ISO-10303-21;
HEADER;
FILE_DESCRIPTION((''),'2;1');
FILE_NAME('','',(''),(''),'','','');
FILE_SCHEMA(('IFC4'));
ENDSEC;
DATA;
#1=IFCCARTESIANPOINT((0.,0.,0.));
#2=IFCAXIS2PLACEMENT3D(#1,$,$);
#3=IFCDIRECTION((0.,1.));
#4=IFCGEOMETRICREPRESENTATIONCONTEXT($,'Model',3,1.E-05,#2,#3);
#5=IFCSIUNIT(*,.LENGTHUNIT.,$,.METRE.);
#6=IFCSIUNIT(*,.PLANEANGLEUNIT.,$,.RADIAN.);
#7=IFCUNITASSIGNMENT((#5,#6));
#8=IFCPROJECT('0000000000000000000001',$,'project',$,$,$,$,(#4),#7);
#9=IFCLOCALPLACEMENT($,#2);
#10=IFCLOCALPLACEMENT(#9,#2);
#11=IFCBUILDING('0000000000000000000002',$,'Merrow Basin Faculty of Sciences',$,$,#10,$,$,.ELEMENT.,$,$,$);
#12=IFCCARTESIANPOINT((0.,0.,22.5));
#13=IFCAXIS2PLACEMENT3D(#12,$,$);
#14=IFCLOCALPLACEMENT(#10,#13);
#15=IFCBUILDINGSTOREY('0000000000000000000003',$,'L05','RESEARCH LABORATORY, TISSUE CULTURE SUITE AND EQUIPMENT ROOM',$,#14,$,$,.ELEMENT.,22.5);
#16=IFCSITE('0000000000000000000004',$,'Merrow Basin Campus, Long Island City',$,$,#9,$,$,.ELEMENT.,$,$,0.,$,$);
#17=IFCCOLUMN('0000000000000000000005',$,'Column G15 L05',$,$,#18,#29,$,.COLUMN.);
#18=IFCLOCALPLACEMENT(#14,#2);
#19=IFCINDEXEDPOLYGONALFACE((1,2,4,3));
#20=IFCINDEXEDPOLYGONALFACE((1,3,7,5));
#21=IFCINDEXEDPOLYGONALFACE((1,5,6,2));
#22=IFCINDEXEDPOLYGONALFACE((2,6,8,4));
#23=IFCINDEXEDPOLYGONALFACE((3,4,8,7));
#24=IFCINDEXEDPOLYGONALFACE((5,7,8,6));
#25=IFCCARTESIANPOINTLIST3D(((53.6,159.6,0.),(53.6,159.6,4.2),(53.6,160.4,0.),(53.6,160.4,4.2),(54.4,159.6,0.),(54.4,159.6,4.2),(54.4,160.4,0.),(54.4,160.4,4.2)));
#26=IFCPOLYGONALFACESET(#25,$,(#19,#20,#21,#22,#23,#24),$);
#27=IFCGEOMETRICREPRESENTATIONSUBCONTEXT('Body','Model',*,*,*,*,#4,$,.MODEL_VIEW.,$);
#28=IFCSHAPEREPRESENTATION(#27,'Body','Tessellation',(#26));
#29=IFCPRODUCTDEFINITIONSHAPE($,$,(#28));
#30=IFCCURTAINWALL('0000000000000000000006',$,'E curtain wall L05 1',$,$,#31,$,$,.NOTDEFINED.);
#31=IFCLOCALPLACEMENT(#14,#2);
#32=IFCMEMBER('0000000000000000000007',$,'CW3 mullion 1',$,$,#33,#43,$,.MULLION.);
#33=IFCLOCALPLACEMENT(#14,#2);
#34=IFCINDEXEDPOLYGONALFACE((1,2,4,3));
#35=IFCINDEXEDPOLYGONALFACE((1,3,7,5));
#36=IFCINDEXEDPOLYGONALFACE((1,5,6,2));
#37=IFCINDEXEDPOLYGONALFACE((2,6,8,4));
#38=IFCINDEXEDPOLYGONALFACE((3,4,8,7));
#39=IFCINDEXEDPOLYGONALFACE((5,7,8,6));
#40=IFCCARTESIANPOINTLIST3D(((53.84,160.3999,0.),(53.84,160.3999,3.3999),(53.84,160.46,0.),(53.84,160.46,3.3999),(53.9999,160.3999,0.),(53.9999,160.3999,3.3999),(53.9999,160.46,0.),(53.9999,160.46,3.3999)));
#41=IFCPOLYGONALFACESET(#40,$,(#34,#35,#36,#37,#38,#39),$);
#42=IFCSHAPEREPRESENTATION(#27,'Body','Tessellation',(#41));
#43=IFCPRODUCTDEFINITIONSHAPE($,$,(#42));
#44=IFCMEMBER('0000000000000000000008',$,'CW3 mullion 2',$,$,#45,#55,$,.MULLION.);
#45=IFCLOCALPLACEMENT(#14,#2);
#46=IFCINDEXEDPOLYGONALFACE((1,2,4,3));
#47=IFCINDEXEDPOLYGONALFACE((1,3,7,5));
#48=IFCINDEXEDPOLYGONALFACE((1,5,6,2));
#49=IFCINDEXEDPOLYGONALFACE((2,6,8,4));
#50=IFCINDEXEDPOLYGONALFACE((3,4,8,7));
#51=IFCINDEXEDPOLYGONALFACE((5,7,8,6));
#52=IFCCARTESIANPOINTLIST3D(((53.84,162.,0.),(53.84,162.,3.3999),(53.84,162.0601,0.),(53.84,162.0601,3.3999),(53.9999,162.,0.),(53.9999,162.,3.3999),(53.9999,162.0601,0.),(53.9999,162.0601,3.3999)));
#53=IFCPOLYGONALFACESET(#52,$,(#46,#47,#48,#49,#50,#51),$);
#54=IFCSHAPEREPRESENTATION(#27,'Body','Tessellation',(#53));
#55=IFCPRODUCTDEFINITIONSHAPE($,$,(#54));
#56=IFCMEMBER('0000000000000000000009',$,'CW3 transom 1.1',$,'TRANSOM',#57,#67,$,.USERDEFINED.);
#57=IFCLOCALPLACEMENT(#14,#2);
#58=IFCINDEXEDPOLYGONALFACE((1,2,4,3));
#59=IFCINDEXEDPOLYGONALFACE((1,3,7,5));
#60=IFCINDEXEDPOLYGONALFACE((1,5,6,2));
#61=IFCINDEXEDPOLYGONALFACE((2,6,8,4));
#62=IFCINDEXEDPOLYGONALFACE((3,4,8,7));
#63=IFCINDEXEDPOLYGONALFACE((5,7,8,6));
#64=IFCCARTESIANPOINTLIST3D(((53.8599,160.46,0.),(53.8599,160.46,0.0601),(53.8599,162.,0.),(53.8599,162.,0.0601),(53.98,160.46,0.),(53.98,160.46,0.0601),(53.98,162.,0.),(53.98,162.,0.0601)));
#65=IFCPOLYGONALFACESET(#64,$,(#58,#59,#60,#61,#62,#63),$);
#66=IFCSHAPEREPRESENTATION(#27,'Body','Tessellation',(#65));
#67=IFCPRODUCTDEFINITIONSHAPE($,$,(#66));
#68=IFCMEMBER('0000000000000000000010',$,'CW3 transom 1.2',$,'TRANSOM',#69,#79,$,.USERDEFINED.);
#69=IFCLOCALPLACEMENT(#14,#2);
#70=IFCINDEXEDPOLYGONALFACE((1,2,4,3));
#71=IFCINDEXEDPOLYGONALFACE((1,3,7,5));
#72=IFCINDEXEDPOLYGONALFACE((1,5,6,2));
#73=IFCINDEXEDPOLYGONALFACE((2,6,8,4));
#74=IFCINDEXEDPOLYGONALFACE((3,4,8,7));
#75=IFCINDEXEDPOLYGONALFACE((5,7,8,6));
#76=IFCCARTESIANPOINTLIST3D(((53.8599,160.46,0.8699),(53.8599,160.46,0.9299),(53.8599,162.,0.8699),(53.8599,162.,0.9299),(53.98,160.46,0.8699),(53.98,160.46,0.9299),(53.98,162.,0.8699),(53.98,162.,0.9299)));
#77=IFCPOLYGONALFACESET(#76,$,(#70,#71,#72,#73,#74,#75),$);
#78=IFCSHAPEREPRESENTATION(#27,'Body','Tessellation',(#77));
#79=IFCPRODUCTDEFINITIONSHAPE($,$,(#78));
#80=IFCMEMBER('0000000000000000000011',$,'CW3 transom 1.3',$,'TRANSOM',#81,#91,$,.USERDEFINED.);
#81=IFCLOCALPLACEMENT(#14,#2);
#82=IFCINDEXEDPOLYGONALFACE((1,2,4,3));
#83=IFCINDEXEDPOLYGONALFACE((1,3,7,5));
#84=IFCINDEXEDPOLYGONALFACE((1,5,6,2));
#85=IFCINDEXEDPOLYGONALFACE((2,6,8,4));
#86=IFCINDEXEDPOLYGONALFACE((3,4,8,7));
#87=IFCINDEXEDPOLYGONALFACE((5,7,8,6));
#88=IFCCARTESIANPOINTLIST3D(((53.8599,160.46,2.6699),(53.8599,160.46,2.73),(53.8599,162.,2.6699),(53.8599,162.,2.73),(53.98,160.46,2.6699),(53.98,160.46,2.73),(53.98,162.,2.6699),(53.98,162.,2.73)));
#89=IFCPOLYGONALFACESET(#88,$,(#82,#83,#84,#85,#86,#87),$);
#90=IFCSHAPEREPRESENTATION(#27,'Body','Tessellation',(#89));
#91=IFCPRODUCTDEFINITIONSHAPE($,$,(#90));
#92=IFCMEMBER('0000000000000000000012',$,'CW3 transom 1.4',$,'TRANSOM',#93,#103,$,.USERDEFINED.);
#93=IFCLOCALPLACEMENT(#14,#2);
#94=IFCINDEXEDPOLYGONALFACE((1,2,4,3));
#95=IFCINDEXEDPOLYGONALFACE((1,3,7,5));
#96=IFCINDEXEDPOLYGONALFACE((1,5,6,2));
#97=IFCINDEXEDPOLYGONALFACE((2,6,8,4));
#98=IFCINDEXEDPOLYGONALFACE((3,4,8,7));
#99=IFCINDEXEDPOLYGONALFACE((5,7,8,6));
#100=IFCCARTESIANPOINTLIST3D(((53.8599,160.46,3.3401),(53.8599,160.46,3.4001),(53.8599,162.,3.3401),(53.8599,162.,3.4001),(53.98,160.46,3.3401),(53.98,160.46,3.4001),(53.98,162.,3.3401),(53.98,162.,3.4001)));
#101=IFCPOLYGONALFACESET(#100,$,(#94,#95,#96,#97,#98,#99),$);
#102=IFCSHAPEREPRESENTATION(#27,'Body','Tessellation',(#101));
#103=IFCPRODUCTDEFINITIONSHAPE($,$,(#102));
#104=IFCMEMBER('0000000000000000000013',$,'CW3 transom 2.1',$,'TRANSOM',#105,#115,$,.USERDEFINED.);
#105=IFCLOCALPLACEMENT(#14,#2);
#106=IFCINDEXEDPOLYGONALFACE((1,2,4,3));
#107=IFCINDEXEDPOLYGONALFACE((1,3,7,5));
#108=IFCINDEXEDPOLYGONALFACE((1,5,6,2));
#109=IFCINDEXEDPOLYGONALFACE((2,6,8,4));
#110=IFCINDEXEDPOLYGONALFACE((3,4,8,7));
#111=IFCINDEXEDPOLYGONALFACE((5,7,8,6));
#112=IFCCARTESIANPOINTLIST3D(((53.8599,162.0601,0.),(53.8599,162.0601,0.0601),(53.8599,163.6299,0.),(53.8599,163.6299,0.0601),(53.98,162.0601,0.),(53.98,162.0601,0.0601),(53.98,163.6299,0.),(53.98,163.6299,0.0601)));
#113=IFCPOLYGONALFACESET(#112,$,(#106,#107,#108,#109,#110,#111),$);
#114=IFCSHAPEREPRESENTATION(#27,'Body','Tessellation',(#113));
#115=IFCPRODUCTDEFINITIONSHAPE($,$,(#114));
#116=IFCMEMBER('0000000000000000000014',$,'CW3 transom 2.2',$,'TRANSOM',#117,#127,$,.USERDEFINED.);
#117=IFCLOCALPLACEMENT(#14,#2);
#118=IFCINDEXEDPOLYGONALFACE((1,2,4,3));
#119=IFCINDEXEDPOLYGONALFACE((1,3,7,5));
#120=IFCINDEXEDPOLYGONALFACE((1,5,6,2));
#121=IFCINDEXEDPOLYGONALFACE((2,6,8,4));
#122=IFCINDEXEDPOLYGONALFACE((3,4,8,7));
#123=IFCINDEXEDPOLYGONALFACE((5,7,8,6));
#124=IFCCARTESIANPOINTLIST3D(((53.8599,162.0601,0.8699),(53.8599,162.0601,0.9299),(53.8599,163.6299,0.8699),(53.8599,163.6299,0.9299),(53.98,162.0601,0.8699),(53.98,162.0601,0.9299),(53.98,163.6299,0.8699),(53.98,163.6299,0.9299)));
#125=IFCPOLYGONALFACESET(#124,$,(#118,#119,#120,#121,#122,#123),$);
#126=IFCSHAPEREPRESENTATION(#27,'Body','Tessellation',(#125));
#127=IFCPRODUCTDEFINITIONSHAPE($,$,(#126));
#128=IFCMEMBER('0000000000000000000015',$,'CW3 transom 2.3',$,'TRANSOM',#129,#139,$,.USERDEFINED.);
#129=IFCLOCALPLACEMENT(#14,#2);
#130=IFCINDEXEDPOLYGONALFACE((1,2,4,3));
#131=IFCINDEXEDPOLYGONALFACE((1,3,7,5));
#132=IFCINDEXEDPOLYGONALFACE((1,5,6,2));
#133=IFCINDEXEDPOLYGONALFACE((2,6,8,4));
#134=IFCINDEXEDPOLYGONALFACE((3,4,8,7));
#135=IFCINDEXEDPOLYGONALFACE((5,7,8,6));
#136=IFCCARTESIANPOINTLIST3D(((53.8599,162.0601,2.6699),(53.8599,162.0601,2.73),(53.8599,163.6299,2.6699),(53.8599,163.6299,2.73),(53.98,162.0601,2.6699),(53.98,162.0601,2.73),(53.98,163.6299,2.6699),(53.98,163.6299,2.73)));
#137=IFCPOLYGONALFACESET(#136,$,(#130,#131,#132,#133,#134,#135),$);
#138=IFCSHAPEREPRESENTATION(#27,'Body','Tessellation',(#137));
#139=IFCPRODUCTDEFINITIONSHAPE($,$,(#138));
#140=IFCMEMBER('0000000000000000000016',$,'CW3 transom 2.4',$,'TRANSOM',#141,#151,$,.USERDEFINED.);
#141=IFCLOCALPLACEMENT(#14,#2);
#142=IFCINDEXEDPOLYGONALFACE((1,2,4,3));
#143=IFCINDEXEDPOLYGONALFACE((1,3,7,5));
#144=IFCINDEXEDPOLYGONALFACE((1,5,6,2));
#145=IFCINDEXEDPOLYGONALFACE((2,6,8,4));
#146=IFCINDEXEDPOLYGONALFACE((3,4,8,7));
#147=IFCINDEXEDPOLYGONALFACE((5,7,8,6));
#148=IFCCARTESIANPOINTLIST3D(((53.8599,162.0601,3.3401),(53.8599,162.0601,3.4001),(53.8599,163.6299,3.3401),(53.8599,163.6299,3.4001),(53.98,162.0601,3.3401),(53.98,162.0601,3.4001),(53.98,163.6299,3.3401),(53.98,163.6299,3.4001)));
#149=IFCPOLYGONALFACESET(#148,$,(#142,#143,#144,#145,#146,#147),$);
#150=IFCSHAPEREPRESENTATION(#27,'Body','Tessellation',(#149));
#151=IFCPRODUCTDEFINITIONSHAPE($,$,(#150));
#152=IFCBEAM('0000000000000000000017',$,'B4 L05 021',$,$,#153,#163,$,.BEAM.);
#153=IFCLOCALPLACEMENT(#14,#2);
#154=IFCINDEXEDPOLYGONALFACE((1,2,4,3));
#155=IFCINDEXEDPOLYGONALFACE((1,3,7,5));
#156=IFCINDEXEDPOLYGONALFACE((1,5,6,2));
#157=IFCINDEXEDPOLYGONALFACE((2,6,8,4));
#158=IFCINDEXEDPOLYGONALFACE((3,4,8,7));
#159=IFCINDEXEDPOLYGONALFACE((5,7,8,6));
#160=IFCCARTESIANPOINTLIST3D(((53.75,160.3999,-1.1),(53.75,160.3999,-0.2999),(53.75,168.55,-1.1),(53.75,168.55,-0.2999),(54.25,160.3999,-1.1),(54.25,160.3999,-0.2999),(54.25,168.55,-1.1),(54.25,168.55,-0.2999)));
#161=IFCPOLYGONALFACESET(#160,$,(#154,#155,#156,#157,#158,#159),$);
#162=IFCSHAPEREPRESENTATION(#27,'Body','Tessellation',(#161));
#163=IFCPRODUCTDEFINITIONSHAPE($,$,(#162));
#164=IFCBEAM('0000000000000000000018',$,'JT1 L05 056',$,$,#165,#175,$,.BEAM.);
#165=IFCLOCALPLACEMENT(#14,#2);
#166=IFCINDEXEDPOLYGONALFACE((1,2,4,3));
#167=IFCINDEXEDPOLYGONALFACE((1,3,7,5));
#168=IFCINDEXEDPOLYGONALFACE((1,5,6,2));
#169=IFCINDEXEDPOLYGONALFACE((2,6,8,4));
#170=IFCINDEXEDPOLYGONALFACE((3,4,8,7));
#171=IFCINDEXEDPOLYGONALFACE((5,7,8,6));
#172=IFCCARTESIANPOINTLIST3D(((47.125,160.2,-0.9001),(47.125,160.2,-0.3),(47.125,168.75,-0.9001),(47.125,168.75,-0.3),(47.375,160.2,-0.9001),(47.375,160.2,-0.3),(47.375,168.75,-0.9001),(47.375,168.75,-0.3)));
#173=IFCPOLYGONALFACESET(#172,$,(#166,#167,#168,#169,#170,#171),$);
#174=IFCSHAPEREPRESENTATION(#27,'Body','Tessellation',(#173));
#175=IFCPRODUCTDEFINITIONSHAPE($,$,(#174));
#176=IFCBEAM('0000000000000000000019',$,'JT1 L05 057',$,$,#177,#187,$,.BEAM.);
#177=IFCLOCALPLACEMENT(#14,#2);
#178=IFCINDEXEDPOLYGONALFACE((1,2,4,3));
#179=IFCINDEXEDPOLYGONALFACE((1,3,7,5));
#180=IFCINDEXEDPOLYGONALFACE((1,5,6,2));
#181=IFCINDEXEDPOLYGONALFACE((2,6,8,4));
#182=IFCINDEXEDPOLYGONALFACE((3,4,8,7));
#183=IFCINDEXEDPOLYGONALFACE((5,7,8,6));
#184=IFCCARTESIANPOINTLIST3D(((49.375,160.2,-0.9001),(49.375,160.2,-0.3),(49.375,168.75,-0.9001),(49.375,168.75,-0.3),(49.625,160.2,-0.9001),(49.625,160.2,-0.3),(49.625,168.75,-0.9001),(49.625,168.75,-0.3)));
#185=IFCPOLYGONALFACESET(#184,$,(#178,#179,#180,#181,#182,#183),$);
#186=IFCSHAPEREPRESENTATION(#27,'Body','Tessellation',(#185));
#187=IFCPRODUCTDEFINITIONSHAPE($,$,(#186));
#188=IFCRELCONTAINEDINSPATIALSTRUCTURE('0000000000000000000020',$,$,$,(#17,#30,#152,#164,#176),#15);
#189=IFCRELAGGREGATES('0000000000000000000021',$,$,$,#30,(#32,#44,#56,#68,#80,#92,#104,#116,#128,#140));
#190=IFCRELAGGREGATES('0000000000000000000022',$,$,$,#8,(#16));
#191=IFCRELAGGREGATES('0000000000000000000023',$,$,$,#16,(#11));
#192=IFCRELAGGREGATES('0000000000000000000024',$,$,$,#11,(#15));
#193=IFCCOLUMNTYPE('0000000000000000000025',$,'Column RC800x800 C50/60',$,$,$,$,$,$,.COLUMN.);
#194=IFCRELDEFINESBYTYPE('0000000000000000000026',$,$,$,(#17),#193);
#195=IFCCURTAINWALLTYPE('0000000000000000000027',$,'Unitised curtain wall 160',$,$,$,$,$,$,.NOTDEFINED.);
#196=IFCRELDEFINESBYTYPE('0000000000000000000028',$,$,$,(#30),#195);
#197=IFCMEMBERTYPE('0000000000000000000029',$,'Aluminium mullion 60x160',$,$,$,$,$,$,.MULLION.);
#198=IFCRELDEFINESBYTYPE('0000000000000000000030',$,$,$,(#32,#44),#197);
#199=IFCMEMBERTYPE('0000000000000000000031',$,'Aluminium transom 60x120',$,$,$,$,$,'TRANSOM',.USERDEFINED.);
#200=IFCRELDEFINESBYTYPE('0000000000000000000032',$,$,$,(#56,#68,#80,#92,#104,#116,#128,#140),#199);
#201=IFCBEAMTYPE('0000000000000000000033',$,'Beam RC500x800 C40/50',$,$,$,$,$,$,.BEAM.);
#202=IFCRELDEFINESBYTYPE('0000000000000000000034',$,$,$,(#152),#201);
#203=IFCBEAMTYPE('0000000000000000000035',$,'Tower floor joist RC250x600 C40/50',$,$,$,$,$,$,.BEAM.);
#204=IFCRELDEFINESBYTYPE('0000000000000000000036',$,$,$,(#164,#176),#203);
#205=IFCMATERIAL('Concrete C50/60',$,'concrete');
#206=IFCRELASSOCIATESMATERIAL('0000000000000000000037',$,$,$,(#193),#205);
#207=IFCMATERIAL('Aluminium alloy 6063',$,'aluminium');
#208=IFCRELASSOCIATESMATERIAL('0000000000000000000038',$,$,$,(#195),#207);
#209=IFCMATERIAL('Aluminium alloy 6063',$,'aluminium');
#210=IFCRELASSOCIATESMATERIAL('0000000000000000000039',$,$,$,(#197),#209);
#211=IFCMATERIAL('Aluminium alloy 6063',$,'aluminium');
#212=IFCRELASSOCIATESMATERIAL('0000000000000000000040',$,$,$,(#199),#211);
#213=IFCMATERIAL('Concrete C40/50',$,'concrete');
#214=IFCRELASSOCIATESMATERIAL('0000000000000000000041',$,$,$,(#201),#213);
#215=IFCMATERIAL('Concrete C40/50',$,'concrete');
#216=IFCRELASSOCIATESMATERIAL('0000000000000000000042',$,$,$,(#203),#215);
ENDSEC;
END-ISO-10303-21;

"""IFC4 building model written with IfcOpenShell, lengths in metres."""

from ifc_helpers import new_model, si_unit, direction, frame, origin, origin_2d, place, context, subcontext, project, spatial, rectangle, extrude, material, material_profile, profile_set, type_object, element, aggregate, save


model = new_model("IFC4")

# Units and contexts
model_context = context("Model", 3, precision=1e-05, world=origin(), true_north=direction((0.0, 1.0)))
body_context = subcontext(model_context, "Body", "Model", "MODEL_VIEW")
ifc_project = project(units=[si_unit("LENGTHUNIT", "METRE"), si_unit("PLANEANGLEUNIT", "RADIAN")], contexts=[model_context])

# Site, building, storey
site_placement = place(None, origin())
site = spatial("IfcSite", under=ifc_project, at=site_placement, Name="Merrow Basin Campus, Long Island City", CompositionType="ELEMENT", RefElevation=0.0)
building_placement = place(site_placement, origin())
building = spatial("IfcBuilding", under=site, at=building_placement, Name="Merrow Basin Faculty of Sciences", CompositionType="ELEMENT")
storey_placement = place(building_placement, frame((0.0, 0.0, 22.5)))
storey = spatial("IfcBuildingStorey", under=building, at=storey_placement, Name="L05", Description="RESEARCH LABORATORY, TISSUE CULTURE SUITE AND EQUIPMENT ROOM", CompositionType="ELEMENT", Elevation=22.5)

# Column
ifc_material_1 = material(Name="Concrete C50/60", Category="concrete")
ifc_material_profile_1 = material_profile(ifc_material_1, rectangle(XDim=0.8, YDim=0.8, at=origin_2d()))
ifc_profile_set_1 = profile_set([ifc_material_profile_1], Name="Concrete C50/60")
column_type = type_object("IfcColumnType", Name="Column RC800x800 C50/60", PredefinedType="COLUMN", material=ifc_profile_set_1)
column_placement = place(storey_placement, frame((54.0, 160.0, 0.0), z_axis=(0.0, 0.0, 1.0), x_axis=(1.0, 0.0, 0.0)))
element("IfcColumn", 1, at=column_placement, inside=storey, type_object=column_type, Name="Column G15 L05", PredefinedType="COLUMN", context=body_context, shape_type="SweptSolid", body=[
    extrude(rectangle(XDim=0.8, YDim=0.8, at=origin_2d()), origin(), (0.0, 0.0, 1.0), 4.2),
])

# Curtain wall, members
ifc_material_2 = material(Name="Aluminium alloy 6063", Category="aluminium")
curtain_wall_type = type_object("IfcCurtainWallType", Name="Unitised curtain wall 160", PredefinedType="NOTDEFINED", material=ifc_material_2)
curtain_wall_placement = place(storey_placement, origin())
curtain_wall = element("IfcCurtainWall", 2, at=curtain_wall_placement, inside=storey, type_object=curtain_wall_type, Name="E curtain wall L05 1", PredefinedType="NOTDEFINED")
ifc_material_3 = material(Name="Aluminium alloy 6063", Category="aluminium")
ifc_material_profile_2 = material_profile(ifc_material_3, rectangle(XDim=0.1599, YDim=0.0601, at=origin_2d()))
ifc_profile_set_2 = profile_set([ifc_material_profile_2], Name="Aluminium alloy 6063")
member_type_1 = type_object("IfcMemberType", Name="Aluminium mullion 60x160", PredefinedType="MULLION", material=ifc_profile_set_2)
member_1_placement = place(storey_placement, frame((53.9199, 160.4299, 0.0), z_axis=(0.0, 0.0, 1.0), x_axis=(-1.0, 0.0, 0.0)))
member_1 = element("IfcMember", 3, at=member_1_placement, type_object=member_type_1, Name="CW3 mullion 1", PredefinedType="MULLION", context=body_context, shape_type="SweptSolid", body=[
    extrude(rectangle(XDim=0.1599, YDim=0.0601, at=origin_2d()), origin(), (0.0, 0.0, 1.0), 3.3999),
])
member_2_placement = place(storey_placement, frame((53.9199, 162.03, 0.0), z_axis=(0.0, 0.0, 1.0), x_axis=(-1.0, 0.0, 0.0)))
member_2 = element("IfcMember", 4, at=member_2_placement, type_object=member_type_1, Name="CW3 mullion 2", PredefinedType="MULLION", context=body_context, shape_type="SweptSolid", body=[
    extrude(rectangle(XDim=0.1599, YDim=0.0601, at=origin_2d()), origin(), (0.0, 0.0, 1.0), 3.3999),
])
ifc_material_4 = material(Name="Aluminium alloy 6063", Category="aluminium")
ifc_material_profile_3 = material_profile(ifc_material_4, rectangle(XDim=0.1201, YDim=0.0601, at=origin_2d()))
ifc_profile_set_3 = profile_set([ifc_material_profile_3], Name="Aluminium alloy 6063")
member_type_2 = type_object("IfcMemberType", Name="Aluminium transom 60x120", ElementType="TRANSOM", PredefinedType="USERDEFINED", material=ifc_profile_set_3)
member_3_placement = place(storey_placement, frame((53.9199, 160.46, 0.03), z_axis=(0.0, 1.0, 0.0), x_axis=(-1.0, 0.0, 0.0)))
member_3 = element("IfcMember", 5, at=member_3_placement, type_object=member_type_2, Name="CW3 transom 1.1", ObjectType="TRANSOM", PredefinedType="USERDEFINED", context=body_context, shape_type="SweptSolid", body=[
    extrude(rectangle(XDim=0.1201, YDim=0.0601, at=origin_2d()), origin(), (0.0, 0.0, 1.0), 1.54),
])
member_4_placement = place(storey_placement, frame((53.9199, 160.46, 0.8999), z_axis=(0.0, 1.0, 0.0), x_axis=(-1.0, 0.0, 0.0)))
member_4 = element("IfcMember", 6, at=member_4_placement, type_object=member_type_2, Name="CW3 transom 1.2", ObjectType="TRANSOM", PredefinedType="USERDEFINED", context=body_context, shape_type="SweptSolid", body=[
    extrude(rectangle(XDim=0.1201, YDim=0.0601, at=origin_2d()), origin(), (0.0, 0.0, 1.0), 1.54),
])
member_5_placement = place(storey_placement, frame((53.9199, 160.46, 2.7), z_axis=(0.0, 1.0, 0.0), x_axis=(-1.0, 0.0, 0.0)))
member_5 = element("IfcMember", 7, at=member_5_placement, type_object=member_type_2, Name="CW3 transom 1.3", ObjectType="TRANSOM", PredefinedType="USERDEFINED", context=body_context, shape_type="SweptSolid", body=[
    extrude(rectangle(XDim=0.1201, YDim=0.0601, at=origin_2d()), origin(), (0.0, 0.0, 1.0), 1.54),
])
member_6_placement = place(storey_placement, frame((53.9199, 160.46, 3.3701), z_axis=(0.0, 1.0, 0.0), x_axis=(-1.0, 0.0, 0.0)))
member_6 = element("IfcMember", 8, at=member_6_placement, type_object=member_type_2, Name="CW3 transom 1.4", ObjectType="TRANSOM", PredefinedType="USERDEFINED", context=body_context, shape_type="SweptSolid", body=[
    extrude(rectangle(XDim=0.1201, YDim=0.0601, at=origin_2d()), origin(), (0.0, 0.0, 1.0), 1.54),
])
member_7_placement = place(storey_placement, frame((53.9199, 162.0601, 0.03), z_axis=(0.0, 1.0, 0.0), x_axis=(-1.0, 0.0, 0.0)))
member_7 = element("IfcMember", 9, at=member_7_placement, type_object=member_type_2, Name="CW3 transom 2.1", ObjectType="TRANSOM", PredefinedType="USERDEFINED", context=body_context, shape_type="SweptSolid", body=[
    extrude(rectangle(XDim=0.1201, YDim=0.0601, at=origin_2d()), origin(), (0.0, 0.0, 1.0), 1.5698),
])
member_8_placement = place(storey_placement, frame((53.9199, 162.0601, 0.8999), z_axis=(0.0, 1.0, 0.0), x_axis=(-1.0, 0.0, 0.0)))
member_8 = element("IfcMember", 10, at=member_8_placement, type_object=member_type_2, Name="CW3 transom 2.2", ObjectType="TRANSOM", PredefinedType="USERDEFINED", context=body_context, shape_type="SweptSolid", body=[
    extrude(rectangle(XDim=0.1201, YDim=0.0601, at=origin_2d()), origin(), (0.0, 0.0, 1.0), 1.5698),
])
member_9_placement = place(storey_placement, frame((53.9199, 162.0601, 2.7), z_axis=(0.0, 1.0, 0.0), x_axis=(-1.0, 0.0, 0.0)))
member_9 = element("IfcMember", 11, at=member_9_placement, type_object=member_type_2, Name="CW3 transom 2.3", ObjectType="TRANSOM", PredefinedType="USERDEFINED", context=body_context, shape_type="SweptSolid", body=[
    extrude(rectangle(XDim=0.1201, YDim=0.0601, at=origin_2d()), origin(), (0.0, 0.0, 1.0), 1.5698),
])
member_10_placement = place(storey_placement, frame((53.9199, 162.0601, 3.3701), z_axis=(0.0, 1.0, 0.0), x_axis=(-1.0, 0.0, 0.0)))
member_10 = element("IfcMember", 12, at=member_10_placement, type_object=member_type_2, Name="CW3 transom 2.4", ObjectType="TRANSOM", PredefinedType="USERDEFINED", context=body_context, shape_type="SweptSolid", body=[
    extrude(rectangle(XDim=0.1201, YDim=0.0601, at=origin_2d()), origin(), (0.0, 0.0, 1.0), 1.5698),
])

# Beams
ifc_material_5 = material(Name="Concrete C40/50", Category="concrete")
ifc_material_profile_4 = material_profile(ifc_material_5, rectangle(XDim=0.5, YDim=0.8, at=origin_2d()))
ifc_profile_set_4 = profile_set([ifc_material_profile_4], Name="Concrete C40/50")
beam_type_1 = type_object("IfcBeamType", Name="Beam RC500x800 C40/50", PredefinedType="BEAM", material=ifc_profile_set_4)
beam_placement = place(storey_placement, frame((54.0, 160.3999, -0.7), z_axis=(0.0, 1.0, 0.0), x_axis=(-1.0, 0.0, 0.0)))
element("IfcBeam", 13, at=beam_placement, inside=storey, type_object=beam_type_1, Name="B4 L05 021", PredefinedType="BEAM", context=body_context, shape_type="SweptSolid", body=[
    extrude(rectangle(XDim=0.5, YDim=0.8, at=origin_2d()), origin(), (0.0, 0.0, 1.0), 8.1501),
])
ifc_material_6 = material(Name="Concrete C40/50", Category="concrete")
ifc_material_profile_5 = material_profile(ifc_material_6, rectangle(XDim=0.25, YDim=0.6001, at=origin_2d()))
ifc_profile_set_5 = profile_set([ifc_material_profile_5], Name="Concrete C40/50")
beam_type_2 = type_object("IfcBeamType", Name="Tower floor joist RC250x600 C40/50", PredefinedType="BEAM", material=ifc_profile_set_5)
for number, where, z_axis, x_axis, name in (
    (14, (47.25, 160.2, -0.6001), (0.0, 1.0, 0.0), (-1.0, 0.0, 0.0), "JT1 L05 056"),
    (15, (49.5, 160.2, -0.6001), (0.0, 1.0, 0.0), (-1.0, 0.0, 0.0), "JT1 L05 057"),
):
    element("IfcBeam", number, at=place(storey_placement, frame(where, z_axis=z_axis, x_axis=x_axis)), inside=storey, type_object=beam_type_2, Name=name, PredefinedType="BEAM", context=body_context, shape_type="SweptSolid", body=[
        extrude(rectangle(XDim=0.25, YDim=0.6001, at=origin_2d()), origin(), (0.0, 0.0, 1.0), 8.55),
    ])

aggregate(curtain_wall, [member_1, member_2, member_3, member_4, member_5, member_6, member_7, member_8, member_9, member_10])

save(model, "model.ifc")
